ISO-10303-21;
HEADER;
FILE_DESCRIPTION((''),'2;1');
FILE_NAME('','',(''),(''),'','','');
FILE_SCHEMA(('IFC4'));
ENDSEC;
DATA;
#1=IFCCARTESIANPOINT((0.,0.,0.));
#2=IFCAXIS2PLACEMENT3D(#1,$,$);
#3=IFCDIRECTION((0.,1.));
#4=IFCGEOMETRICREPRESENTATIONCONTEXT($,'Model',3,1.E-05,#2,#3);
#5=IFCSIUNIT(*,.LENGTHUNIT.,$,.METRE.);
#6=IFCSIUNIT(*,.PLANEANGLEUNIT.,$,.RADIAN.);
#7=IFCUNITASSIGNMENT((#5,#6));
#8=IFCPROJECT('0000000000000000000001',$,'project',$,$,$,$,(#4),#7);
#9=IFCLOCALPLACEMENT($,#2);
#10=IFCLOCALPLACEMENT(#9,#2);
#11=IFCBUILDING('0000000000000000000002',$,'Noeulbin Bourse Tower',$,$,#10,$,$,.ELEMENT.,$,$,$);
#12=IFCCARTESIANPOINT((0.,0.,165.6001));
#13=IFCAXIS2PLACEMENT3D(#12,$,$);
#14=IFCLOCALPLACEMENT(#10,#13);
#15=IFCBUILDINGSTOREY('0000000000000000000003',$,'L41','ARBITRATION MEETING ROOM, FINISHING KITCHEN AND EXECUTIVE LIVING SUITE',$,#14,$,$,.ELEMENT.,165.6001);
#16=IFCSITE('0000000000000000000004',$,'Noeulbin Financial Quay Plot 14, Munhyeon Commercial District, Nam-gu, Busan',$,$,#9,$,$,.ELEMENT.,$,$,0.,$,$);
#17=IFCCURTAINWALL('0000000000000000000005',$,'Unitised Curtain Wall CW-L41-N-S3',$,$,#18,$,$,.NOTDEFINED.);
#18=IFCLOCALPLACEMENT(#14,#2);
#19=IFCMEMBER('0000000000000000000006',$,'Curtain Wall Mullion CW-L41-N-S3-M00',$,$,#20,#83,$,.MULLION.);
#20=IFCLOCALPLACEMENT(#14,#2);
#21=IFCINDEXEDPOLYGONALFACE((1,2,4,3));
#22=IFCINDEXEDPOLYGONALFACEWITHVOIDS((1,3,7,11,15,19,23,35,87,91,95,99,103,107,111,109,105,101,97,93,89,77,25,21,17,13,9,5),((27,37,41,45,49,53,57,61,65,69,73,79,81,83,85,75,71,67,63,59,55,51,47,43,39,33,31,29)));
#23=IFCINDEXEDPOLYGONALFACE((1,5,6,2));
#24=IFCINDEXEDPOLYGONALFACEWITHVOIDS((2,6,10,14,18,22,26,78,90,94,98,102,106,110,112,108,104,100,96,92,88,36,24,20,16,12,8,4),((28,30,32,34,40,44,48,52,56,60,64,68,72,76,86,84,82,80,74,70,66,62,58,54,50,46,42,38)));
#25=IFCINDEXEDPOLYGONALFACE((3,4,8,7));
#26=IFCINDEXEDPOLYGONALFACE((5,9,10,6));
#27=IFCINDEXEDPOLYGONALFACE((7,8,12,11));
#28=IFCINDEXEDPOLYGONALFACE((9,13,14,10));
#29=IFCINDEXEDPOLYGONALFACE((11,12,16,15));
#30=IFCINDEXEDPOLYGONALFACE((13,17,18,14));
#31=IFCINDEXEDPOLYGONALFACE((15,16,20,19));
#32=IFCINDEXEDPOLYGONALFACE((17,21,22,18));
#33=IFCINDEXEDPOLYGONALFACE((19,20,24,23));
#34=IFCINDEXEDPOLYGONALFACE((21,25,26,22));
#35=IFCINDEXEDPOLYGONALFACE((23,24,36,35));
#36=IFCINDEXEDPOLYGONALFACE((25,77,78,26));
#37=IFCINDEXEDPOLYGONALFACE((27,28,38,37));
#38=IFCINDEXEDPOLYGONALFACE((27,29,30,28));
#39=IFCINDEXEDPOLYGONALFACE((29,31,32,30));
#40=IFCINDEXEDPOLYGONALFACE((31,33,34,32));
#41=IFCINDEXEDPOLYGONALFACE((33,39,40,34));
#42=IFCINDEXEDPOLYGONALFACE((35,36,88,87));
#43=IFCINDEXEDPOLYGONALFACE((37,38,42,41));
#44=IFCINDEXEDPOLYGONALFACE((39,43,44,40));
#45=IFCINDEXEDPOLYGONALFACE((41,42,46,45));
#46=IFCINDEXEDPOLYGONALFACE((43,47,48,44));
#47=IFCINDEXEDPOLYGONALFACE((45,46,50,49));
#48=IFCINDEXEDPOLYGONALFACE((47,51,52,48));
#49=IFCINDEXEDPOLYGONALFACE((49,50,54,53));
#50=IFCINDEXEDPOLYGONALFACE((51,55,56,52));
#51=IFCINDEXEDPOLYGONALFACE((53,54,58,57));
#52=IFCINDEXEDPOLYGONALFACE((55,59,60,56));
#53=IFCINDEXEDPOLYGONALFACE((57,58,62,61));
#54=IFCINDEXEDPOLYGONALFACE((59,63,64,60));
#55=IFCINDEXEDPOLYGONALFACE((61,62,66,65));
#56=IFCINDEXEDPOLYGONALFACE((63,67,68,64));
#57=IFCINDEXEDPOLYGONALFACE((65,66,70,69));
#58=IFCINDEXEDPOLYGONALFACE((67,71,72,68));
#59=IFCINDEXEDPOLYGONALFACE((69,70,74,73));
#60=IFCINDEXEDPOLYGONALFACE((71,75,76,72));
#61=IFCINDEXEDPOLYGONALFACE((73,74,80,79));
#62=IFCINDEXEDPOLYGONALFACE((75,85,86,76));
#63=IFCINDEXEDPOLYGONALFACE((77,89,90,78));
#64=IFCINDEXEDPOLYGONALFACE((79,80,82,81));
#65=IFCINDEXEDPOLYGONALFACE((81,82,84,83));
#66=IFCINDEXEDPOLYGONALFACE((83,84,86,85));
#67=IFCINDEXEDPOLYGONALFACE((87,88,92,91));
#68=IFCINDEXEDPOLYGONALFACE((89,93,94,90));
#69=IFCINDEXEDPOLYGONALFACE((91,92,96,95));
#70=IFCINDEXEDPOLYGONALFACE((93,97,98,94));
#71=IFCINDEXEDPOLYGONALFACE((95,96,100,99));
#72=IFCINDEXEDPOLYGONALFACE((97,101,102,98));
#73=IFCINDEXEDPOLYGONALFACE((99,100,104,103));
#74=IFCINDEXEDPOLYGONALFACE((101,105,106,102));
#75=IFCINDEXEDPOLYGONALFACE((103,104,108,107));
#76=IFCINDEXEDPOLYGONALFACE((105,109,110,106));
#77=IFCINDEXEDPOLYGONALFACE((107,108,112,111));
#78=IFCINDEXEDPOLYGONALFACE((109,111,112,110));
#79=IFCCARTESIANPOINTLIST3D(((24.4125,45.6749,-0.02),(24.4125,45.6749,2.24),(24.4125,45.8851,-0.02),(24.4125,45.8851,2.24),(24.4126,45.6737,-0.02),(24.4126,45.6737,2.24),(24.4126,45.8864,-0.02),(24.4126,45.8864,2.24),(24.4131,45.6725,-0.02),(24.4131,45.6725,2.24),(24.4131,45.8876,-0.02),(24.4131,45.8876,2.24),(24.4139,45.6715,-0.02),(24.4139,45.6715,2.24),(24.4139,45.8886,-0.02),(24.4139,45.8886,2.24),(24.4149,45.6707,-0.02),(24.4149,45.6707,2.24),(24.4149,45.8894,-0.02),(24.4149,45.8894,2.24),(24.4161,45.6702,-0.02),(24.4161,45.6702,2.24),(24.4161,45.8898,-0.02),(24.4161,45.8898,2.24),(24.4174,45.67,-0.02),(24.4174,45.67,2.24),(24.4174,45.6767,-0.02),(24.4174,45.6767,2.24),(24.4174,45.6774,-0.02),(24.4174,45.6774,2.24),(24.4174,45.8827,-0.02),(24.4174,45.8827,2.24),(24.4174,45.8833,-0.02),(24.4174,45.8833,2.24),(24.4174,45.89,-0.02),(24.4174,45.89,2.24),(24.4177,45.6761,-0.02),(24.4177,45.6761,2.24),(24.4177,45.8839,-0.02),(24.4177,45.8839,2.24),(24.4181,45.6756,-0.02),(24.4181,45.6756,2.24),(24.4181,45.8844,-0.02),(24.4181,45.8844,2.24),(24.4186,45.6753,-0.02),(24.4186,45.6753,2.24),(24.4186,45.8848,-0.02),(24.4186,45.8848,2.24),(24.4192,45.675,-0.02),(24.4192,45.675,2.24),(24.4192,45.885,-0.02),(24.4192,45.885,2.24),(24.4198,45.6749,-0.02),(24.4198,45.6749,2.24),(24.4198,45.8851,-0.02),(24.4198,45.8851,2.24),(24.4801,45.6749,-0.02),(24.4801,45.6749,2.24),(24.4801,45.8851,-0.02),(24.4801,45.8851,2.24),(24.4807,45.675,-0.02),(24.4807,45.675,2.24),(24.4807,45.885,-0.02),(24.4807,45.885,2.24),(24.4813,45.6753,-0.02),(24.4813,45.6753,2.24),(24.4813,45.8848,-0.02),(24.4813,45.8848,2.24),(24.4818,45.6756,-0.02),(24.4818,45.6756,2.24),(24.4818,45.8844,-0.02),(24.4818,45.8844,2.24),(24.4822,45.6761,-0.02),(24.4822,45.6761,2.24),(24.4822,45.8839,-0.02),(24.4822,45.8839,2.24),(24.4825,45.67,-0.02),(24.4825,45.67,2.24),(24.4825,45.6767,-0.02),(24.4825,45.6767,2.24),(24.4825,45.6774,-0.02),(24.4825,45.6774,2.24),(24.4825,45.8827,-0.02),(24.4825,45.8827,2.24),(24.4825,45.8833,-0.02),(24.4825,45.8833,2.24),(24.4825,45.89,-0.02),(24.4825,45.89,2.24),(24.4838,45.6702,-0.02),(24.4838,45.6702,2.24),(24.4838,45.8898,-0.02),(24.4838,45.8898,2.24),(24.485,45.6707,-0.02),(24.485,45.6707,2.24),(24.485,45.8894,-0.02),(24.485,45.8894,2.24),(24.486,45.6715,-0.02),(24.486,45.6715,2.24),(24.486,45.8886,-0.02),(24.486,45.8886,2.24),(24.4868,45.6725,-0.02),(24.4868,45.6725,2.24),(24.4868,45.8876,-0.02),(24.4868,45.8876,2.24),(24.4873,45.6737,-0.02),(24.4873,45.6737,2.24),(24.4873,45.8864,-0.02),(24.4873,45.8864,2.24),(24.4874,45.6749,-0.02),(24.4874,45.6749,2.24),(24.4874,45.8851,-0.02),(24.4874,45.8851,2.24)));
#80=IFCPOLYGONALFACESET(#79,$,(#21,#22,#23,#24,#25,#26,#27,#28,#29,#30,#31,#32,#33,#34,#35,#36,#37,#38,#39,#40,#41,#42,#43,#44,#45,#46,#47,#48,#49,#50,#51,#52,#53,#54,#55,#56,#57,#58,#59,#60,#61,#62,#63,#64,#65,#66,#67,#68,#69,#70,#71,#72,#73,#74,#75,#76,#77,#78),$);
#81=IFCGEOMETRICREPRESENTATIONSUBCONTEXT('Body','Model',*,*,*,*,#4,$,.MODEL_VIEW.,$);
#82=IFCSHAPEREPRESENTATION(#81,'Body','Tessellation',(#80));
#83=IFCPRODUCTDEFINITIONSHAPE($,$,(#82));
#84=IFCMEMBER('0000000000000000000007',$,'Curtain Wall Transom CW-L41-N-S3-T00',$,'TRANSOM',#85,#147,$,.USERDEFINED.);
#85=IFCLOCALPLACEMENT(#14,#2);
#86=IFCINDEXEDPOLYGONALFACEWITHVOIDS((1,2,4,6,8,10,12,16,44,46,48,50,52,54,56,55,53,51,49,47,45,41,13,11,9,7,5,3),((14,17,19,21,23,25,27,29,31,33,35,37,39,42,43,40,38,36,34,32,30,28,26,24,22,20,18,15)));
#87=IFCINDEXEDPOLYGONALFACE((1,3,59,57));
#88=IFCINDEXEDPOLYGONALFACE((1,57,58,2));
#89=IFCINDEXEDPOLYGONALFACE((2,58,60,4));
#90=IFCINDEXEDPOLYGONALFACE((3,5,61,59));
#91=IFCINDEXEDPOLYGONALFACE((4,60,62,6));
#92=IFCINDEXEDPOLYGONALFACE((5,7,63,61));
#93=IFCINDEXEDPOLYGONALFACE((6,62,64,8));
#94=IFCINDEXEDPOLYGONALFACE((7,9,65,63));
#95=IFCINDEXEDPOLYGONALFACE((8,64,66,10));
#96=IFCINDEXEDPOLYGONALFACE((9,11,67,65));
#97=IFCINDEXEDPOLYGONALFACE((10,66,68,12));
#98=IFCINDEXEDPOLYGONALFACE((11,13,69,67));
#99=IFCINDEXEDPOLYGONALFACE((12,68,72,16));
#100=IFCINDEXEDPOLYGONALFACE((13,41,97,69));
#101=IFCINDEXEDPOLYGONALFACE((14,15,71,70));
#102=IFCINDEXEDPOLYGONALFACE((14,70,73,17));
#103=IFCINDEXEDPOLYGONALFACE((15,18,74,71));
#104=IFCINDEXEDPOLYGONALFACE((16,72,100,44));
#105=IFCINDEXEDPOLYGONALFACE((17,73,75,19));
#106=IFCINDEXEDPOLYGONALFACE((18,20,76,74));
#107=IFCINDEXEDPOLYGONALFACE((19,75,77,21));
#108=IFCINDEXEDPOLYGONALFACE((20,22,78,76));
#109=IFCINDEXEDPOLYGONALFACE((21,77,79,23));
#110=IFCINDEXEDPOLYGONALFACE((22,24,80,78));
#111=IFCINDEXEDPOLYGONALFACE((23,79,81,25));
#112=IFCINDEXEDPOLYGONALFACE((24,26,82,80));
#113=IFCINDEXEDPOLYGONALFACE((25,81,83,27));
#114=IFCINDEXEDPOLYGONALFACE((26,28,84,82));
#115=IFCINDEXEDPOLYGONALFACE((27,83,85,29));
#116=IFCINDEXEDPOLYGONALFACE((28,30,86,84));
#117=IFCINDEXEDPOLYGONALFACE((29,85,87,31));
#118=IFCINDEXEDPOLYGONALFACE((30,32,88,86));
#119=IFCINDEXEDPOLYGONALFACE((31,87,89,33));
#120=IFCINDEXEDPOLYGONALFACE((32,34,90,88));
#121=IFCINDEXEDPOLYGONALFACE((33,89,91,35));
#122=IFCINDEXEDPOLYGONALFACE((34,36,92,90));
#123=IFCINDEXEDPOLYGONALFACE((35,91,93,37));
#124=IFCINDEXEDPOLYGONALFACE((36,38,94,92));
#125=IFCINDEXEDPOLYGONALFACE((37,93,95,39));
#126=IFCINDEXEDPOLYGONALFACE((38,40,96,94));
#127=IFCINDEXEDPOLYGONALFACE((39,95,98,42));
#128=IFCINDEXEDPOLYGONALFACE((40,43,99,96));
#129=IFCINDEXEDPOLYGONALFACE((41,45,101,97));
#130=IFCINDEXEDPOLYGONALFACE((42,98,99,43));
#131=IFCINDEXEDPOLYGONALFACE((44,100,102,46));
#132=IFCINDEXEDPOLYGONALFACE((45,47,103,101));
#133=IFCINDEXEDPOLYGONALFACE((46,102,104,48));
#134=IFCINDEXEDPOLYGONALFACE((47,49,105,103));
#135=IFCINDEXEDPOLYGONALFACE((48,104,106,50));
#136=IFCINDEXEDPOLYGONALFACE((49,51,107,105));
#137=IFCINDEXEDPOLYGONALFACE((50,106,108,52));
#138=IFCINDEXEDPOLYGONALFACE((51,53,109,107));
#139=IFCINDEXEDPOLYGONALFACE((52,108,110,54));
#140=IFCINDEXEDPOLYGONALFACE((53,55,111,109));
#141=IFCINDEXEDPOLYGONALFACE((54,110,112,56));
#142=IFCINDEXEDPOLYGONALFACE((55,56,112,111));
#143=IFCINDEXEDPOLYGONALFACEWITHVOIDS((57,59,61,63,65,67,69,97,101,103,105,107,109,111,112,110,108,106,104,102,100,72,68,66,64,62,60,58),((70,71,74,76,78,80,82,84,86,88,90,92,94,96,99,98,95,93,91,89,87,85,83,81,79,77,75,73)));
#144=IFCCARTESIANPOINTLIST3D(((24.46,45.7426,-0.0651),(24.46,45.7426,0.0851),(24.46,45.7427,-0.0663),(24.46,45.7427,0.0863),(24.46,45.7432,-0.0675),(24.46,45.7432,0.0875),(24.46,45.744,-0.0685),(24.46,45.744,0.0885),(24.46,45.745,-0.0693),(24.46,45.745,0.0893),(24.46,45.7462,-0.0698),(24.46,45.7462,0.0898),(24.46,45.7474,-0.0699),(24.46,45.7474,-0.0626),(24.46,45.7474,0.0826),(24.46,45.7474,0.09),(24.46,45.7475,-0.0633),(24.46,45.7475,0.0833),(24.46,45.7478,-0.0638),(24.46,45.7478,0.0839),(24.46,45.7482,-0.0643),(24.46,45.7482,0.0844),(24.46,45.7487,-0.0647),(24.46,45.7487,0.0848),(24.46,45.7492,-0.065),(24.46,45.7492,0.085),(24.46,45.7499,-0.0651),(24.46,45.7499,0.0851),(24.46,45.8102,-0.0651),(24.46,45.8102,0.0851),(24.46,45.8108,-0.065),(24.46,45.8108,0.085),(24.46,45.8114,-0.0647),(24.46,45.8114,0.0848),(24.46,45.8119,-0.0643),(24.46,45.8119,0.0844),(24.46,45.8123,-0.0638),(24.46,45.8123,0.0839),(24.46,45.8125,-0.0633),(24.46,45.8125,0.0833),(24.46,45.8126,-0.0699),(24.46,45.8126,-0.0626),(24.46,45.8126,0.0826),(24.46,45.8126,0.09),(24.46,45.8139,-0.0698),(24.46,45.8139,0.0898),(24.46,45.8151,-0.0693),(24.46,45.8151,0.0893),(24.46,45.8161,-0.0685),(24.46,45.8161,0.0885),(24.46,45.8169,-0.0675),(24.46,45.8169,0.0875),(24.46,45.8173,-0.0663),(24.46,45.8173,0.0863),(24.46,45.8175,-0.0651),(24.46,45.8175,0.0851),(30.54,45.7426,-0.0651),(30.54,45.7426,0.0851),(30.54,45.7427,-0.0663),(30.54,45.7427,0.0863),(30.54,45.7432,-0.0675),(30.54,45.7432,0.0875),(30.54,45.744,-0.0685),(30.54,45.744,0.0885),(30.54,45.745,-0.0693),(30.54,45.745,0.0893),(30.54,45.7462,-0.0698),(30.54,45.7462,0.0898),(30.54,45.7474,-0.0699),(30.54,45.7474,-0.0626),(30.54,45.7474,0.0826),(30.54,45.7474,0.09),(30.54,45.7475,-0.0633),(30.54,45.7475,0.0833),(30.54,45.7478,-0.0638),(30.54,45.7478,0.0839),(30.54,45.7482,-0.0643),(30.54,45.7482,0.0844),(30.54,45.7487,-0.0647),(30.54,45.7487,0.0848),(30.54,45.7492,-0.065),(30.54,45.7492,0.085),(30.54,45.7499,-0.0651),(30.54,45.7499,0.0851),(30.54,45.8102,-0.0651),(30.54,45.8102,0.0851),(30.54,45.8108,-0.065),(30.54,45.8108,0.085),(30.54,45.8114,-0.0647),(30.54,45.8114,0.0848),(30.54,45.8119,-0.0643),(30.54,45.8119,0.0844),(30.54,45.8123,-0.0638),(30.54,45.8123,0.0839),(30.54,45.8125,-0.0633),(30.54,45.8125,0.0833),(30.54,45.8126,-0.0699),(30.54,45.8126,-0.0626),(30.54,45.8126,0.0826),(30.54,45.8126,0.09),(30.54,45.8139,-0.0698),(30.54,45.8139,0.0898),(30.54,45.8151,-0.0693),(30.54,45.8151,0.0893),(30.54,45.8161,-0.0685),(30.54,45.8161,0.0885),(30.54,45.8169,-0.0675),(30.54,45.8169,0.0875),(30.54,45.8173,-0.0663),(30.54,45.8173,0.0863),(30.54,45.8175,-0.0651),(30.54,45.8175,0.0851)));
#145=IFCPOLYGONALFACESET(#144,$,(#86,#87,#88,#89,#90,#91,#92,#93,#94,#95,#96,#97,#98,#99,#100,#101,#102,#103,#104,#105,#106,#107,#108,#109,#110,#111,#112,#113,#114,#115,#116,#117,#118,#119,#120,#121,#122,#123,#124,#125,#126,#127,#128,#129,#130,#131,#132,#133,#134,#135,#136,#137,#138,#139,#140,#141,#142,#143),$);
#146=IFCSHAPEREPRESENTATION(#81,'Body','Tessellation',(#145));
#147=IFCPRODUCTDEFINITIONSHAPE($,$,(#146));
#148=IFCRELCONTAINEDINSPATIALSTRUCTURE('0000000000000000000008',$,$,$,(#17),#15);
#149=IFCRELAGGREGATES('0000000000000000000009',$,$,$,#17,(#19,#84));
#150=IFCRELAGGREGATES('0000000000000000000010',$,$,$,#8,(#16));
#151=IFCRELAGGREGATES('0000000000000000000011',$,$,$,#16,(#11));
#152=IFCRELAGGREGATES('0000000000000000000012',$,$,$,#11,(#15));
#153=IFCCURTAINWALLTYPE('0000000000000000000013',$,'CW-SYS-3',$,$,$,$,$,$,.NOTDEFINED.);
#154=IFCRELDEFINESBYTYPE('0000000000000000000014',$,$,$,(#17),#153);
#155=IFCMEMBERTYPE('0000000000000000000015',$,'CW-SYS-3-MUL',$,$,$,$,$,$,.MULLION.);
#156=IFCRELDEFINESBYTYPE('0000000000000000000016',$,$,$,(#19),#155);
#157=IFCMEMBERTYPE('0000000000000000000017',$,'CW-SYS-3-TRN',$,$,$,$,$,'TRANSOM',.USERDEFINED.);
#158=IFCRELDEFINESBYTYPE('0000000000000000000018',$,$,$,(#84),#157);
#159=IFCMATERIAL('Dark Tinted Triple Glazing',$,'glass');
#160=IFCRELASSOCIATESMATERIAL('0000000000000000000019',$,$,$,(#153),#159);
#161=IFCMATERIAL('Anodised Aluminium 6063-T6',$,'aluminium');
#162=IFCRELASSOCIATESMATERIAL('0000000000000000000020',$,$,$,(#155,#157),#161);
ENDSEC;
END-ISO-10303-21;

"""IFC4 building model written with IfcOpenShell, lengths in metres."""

from ifc_helpers import new_model, si_unit, direction, frame, origin, origin_2d, place, context, subcontext, project, spatial, hollow_rectangle, extrude, material, material_profile, profile_set, type_object, element, aggregate, save


model = new_model("IFC4")

# Units and contexts
model_context = context("Model", 3, precision=1e-05, world=origin(), true_north=direction((0.0, 1.0)))
body_context = subcontext(model_context, "Body", "Model", "MODEL_VIEW")
ifc_project = project(units=[si_unit("LENGTHUNIT", "METRE"), si_unit("PLANEANGLEUNIT", "RADIAN")], contexts=[model_context])

# Site, building, storey
site_placement = place(None, origin())
site = spatial("IfcSite", under=ifc_project, at=site_placement, Name="Noeulbin Financial Quay Plot 14, Munhyeon Commercial District, Nam-gu, Busan", CompositionType="ELEMENT", RefElevation=0.0)
building_placement = place(site_placement, origin())
building = spatial("IfcBuilding", under=site, at=building_placement, Name="Noeulbin Bourse Tower", CompositionType="ELEMENT")
storey_placement = place(building_placement, frame((0.0, 0.0, 165.6001)))
storey = spatial("IfcBuildingStorey", under=building, at=storey_placement, Name="L41", Description="ARBITRATION MEETING ROOM, FINISHING KITCHEN AND EXECUTIVE LIVING SUITE", CompositionType="ELEMENT", Elevation=165.6001)

# Curtain wall, members
ifc_material_1 = material(Name="Dark Tinted Triple Glazing", Category="glass")
curtain_wall_type = type_object("IfcCurtainWallType", Name="CW-SYS-3", PredefinedType="NOTDEFINED", material=ifc_material_1)
ifc_material_2 = material(Name="Anodised Aluminium 6063-T6", Category="aluminium")
ifc_material_profile_1 = material_profile(ifc_material_2, hollow_rectangle(XDim=0.075, YDim=0.22, WallThickness=0.0049, InnerFilletRadius=0.0024, OuterFilletRadius=0.0049, at=origin_2d()), Name="ALU-MULL-75x220x5", Category="LoadBearing")
ifc_profile_set_1 = profile_set([ifc_material_profile_1], Name="Anodised Aluminium 6063-T6")
member_type_1 = type_object("IfcMemberType", Name="CW-SYS-3-MUL", PredefinedType="MULLION", material=ifc_profile_set_1)
curtain_wall_1_placement = place(storey_placement, origin())
curtain_wall_1 = element("IfcCurtainWall", 1, at=curtain_wall_1_placement, inside=storey, type_object=curtain_wall_type, Name="Unitised Curtain Wall CW-L41-N-S3", PredefinedType="NOTDEFINED")
member_1_placement = place(storey_placement, frame((24.45, 45.78, -0.02), z_axis=(0.0, 0.0, 1.0), x_axis=(1.0, 0.0, 0.0)))
member_1 = element("IfcMember", 2, at=member_1_placement, type_object=member_type_1, Name="Curtain Wall Mullion CW-L41-N-S3-M00", PredefinedType="MULLION", context=body_context, shape_type="SweptSolid", body=[
    extrude(hollow_rectangle(XDim=0.075, YDim=0.22, WallThickness=0.0049, InnerFilletRadius=0.0024, OuterFilletRadius=0.0049, at=origin_2d()), origin(), (0.0, 0.0, 1.0), 2.26),
])
ifc_material_profile_2 = material_profile(ifc_material_2, hollow_rectangle(XDim=0.075, YDim=0.1599, WallThickness=0.0049, InnerFilletRadius=0.0024, OuterFilletRadius=0.0049, at=origin_2d()), Name="ALU-TRAN-75x160x5", Category="LoadBearing")
ifc_profile_set_2 = profile_set([ifc_material_profile_2], Name="Anodised Aluminium 6063-T6")
member_type_2 = type_object("IfcMemberType", Name="CW-SYS-3-TRN", ElementType="TRANSOM", PredefinedType="USERDEFINED", material=ifc_profile_set_2)
member_2_placement = place(storey_placement, frame((24.46, 45.78, 0.01), z_axis=(1.0, 0.0, 0.0), x_axis=(0.0, 1.0, 0.0)))
member_2 = element("IfcMember", 3, at=member_2_placement, type_object=member_type_2, Name="Curtain Wall Transom CW-L41-N-S3-T00", ObjectType="TRANSOM", PredefinedType="USERDEFINED", context=body_context, shape_type="SweptSolid", body=[
    extrude(hollow_rectangle(XDim=0.075, YDim=0.1599, WallThickness=0.0049, InnerFilletRadius=0.0024, OuterFilletRadius=0.0049, at=origin_2d()), origin(), (0.0, 0.0, 1.0), 6.0801),
])

aggregate(curtain_wall_1, [member_1, member_2])

save(model, "model.ifc")
